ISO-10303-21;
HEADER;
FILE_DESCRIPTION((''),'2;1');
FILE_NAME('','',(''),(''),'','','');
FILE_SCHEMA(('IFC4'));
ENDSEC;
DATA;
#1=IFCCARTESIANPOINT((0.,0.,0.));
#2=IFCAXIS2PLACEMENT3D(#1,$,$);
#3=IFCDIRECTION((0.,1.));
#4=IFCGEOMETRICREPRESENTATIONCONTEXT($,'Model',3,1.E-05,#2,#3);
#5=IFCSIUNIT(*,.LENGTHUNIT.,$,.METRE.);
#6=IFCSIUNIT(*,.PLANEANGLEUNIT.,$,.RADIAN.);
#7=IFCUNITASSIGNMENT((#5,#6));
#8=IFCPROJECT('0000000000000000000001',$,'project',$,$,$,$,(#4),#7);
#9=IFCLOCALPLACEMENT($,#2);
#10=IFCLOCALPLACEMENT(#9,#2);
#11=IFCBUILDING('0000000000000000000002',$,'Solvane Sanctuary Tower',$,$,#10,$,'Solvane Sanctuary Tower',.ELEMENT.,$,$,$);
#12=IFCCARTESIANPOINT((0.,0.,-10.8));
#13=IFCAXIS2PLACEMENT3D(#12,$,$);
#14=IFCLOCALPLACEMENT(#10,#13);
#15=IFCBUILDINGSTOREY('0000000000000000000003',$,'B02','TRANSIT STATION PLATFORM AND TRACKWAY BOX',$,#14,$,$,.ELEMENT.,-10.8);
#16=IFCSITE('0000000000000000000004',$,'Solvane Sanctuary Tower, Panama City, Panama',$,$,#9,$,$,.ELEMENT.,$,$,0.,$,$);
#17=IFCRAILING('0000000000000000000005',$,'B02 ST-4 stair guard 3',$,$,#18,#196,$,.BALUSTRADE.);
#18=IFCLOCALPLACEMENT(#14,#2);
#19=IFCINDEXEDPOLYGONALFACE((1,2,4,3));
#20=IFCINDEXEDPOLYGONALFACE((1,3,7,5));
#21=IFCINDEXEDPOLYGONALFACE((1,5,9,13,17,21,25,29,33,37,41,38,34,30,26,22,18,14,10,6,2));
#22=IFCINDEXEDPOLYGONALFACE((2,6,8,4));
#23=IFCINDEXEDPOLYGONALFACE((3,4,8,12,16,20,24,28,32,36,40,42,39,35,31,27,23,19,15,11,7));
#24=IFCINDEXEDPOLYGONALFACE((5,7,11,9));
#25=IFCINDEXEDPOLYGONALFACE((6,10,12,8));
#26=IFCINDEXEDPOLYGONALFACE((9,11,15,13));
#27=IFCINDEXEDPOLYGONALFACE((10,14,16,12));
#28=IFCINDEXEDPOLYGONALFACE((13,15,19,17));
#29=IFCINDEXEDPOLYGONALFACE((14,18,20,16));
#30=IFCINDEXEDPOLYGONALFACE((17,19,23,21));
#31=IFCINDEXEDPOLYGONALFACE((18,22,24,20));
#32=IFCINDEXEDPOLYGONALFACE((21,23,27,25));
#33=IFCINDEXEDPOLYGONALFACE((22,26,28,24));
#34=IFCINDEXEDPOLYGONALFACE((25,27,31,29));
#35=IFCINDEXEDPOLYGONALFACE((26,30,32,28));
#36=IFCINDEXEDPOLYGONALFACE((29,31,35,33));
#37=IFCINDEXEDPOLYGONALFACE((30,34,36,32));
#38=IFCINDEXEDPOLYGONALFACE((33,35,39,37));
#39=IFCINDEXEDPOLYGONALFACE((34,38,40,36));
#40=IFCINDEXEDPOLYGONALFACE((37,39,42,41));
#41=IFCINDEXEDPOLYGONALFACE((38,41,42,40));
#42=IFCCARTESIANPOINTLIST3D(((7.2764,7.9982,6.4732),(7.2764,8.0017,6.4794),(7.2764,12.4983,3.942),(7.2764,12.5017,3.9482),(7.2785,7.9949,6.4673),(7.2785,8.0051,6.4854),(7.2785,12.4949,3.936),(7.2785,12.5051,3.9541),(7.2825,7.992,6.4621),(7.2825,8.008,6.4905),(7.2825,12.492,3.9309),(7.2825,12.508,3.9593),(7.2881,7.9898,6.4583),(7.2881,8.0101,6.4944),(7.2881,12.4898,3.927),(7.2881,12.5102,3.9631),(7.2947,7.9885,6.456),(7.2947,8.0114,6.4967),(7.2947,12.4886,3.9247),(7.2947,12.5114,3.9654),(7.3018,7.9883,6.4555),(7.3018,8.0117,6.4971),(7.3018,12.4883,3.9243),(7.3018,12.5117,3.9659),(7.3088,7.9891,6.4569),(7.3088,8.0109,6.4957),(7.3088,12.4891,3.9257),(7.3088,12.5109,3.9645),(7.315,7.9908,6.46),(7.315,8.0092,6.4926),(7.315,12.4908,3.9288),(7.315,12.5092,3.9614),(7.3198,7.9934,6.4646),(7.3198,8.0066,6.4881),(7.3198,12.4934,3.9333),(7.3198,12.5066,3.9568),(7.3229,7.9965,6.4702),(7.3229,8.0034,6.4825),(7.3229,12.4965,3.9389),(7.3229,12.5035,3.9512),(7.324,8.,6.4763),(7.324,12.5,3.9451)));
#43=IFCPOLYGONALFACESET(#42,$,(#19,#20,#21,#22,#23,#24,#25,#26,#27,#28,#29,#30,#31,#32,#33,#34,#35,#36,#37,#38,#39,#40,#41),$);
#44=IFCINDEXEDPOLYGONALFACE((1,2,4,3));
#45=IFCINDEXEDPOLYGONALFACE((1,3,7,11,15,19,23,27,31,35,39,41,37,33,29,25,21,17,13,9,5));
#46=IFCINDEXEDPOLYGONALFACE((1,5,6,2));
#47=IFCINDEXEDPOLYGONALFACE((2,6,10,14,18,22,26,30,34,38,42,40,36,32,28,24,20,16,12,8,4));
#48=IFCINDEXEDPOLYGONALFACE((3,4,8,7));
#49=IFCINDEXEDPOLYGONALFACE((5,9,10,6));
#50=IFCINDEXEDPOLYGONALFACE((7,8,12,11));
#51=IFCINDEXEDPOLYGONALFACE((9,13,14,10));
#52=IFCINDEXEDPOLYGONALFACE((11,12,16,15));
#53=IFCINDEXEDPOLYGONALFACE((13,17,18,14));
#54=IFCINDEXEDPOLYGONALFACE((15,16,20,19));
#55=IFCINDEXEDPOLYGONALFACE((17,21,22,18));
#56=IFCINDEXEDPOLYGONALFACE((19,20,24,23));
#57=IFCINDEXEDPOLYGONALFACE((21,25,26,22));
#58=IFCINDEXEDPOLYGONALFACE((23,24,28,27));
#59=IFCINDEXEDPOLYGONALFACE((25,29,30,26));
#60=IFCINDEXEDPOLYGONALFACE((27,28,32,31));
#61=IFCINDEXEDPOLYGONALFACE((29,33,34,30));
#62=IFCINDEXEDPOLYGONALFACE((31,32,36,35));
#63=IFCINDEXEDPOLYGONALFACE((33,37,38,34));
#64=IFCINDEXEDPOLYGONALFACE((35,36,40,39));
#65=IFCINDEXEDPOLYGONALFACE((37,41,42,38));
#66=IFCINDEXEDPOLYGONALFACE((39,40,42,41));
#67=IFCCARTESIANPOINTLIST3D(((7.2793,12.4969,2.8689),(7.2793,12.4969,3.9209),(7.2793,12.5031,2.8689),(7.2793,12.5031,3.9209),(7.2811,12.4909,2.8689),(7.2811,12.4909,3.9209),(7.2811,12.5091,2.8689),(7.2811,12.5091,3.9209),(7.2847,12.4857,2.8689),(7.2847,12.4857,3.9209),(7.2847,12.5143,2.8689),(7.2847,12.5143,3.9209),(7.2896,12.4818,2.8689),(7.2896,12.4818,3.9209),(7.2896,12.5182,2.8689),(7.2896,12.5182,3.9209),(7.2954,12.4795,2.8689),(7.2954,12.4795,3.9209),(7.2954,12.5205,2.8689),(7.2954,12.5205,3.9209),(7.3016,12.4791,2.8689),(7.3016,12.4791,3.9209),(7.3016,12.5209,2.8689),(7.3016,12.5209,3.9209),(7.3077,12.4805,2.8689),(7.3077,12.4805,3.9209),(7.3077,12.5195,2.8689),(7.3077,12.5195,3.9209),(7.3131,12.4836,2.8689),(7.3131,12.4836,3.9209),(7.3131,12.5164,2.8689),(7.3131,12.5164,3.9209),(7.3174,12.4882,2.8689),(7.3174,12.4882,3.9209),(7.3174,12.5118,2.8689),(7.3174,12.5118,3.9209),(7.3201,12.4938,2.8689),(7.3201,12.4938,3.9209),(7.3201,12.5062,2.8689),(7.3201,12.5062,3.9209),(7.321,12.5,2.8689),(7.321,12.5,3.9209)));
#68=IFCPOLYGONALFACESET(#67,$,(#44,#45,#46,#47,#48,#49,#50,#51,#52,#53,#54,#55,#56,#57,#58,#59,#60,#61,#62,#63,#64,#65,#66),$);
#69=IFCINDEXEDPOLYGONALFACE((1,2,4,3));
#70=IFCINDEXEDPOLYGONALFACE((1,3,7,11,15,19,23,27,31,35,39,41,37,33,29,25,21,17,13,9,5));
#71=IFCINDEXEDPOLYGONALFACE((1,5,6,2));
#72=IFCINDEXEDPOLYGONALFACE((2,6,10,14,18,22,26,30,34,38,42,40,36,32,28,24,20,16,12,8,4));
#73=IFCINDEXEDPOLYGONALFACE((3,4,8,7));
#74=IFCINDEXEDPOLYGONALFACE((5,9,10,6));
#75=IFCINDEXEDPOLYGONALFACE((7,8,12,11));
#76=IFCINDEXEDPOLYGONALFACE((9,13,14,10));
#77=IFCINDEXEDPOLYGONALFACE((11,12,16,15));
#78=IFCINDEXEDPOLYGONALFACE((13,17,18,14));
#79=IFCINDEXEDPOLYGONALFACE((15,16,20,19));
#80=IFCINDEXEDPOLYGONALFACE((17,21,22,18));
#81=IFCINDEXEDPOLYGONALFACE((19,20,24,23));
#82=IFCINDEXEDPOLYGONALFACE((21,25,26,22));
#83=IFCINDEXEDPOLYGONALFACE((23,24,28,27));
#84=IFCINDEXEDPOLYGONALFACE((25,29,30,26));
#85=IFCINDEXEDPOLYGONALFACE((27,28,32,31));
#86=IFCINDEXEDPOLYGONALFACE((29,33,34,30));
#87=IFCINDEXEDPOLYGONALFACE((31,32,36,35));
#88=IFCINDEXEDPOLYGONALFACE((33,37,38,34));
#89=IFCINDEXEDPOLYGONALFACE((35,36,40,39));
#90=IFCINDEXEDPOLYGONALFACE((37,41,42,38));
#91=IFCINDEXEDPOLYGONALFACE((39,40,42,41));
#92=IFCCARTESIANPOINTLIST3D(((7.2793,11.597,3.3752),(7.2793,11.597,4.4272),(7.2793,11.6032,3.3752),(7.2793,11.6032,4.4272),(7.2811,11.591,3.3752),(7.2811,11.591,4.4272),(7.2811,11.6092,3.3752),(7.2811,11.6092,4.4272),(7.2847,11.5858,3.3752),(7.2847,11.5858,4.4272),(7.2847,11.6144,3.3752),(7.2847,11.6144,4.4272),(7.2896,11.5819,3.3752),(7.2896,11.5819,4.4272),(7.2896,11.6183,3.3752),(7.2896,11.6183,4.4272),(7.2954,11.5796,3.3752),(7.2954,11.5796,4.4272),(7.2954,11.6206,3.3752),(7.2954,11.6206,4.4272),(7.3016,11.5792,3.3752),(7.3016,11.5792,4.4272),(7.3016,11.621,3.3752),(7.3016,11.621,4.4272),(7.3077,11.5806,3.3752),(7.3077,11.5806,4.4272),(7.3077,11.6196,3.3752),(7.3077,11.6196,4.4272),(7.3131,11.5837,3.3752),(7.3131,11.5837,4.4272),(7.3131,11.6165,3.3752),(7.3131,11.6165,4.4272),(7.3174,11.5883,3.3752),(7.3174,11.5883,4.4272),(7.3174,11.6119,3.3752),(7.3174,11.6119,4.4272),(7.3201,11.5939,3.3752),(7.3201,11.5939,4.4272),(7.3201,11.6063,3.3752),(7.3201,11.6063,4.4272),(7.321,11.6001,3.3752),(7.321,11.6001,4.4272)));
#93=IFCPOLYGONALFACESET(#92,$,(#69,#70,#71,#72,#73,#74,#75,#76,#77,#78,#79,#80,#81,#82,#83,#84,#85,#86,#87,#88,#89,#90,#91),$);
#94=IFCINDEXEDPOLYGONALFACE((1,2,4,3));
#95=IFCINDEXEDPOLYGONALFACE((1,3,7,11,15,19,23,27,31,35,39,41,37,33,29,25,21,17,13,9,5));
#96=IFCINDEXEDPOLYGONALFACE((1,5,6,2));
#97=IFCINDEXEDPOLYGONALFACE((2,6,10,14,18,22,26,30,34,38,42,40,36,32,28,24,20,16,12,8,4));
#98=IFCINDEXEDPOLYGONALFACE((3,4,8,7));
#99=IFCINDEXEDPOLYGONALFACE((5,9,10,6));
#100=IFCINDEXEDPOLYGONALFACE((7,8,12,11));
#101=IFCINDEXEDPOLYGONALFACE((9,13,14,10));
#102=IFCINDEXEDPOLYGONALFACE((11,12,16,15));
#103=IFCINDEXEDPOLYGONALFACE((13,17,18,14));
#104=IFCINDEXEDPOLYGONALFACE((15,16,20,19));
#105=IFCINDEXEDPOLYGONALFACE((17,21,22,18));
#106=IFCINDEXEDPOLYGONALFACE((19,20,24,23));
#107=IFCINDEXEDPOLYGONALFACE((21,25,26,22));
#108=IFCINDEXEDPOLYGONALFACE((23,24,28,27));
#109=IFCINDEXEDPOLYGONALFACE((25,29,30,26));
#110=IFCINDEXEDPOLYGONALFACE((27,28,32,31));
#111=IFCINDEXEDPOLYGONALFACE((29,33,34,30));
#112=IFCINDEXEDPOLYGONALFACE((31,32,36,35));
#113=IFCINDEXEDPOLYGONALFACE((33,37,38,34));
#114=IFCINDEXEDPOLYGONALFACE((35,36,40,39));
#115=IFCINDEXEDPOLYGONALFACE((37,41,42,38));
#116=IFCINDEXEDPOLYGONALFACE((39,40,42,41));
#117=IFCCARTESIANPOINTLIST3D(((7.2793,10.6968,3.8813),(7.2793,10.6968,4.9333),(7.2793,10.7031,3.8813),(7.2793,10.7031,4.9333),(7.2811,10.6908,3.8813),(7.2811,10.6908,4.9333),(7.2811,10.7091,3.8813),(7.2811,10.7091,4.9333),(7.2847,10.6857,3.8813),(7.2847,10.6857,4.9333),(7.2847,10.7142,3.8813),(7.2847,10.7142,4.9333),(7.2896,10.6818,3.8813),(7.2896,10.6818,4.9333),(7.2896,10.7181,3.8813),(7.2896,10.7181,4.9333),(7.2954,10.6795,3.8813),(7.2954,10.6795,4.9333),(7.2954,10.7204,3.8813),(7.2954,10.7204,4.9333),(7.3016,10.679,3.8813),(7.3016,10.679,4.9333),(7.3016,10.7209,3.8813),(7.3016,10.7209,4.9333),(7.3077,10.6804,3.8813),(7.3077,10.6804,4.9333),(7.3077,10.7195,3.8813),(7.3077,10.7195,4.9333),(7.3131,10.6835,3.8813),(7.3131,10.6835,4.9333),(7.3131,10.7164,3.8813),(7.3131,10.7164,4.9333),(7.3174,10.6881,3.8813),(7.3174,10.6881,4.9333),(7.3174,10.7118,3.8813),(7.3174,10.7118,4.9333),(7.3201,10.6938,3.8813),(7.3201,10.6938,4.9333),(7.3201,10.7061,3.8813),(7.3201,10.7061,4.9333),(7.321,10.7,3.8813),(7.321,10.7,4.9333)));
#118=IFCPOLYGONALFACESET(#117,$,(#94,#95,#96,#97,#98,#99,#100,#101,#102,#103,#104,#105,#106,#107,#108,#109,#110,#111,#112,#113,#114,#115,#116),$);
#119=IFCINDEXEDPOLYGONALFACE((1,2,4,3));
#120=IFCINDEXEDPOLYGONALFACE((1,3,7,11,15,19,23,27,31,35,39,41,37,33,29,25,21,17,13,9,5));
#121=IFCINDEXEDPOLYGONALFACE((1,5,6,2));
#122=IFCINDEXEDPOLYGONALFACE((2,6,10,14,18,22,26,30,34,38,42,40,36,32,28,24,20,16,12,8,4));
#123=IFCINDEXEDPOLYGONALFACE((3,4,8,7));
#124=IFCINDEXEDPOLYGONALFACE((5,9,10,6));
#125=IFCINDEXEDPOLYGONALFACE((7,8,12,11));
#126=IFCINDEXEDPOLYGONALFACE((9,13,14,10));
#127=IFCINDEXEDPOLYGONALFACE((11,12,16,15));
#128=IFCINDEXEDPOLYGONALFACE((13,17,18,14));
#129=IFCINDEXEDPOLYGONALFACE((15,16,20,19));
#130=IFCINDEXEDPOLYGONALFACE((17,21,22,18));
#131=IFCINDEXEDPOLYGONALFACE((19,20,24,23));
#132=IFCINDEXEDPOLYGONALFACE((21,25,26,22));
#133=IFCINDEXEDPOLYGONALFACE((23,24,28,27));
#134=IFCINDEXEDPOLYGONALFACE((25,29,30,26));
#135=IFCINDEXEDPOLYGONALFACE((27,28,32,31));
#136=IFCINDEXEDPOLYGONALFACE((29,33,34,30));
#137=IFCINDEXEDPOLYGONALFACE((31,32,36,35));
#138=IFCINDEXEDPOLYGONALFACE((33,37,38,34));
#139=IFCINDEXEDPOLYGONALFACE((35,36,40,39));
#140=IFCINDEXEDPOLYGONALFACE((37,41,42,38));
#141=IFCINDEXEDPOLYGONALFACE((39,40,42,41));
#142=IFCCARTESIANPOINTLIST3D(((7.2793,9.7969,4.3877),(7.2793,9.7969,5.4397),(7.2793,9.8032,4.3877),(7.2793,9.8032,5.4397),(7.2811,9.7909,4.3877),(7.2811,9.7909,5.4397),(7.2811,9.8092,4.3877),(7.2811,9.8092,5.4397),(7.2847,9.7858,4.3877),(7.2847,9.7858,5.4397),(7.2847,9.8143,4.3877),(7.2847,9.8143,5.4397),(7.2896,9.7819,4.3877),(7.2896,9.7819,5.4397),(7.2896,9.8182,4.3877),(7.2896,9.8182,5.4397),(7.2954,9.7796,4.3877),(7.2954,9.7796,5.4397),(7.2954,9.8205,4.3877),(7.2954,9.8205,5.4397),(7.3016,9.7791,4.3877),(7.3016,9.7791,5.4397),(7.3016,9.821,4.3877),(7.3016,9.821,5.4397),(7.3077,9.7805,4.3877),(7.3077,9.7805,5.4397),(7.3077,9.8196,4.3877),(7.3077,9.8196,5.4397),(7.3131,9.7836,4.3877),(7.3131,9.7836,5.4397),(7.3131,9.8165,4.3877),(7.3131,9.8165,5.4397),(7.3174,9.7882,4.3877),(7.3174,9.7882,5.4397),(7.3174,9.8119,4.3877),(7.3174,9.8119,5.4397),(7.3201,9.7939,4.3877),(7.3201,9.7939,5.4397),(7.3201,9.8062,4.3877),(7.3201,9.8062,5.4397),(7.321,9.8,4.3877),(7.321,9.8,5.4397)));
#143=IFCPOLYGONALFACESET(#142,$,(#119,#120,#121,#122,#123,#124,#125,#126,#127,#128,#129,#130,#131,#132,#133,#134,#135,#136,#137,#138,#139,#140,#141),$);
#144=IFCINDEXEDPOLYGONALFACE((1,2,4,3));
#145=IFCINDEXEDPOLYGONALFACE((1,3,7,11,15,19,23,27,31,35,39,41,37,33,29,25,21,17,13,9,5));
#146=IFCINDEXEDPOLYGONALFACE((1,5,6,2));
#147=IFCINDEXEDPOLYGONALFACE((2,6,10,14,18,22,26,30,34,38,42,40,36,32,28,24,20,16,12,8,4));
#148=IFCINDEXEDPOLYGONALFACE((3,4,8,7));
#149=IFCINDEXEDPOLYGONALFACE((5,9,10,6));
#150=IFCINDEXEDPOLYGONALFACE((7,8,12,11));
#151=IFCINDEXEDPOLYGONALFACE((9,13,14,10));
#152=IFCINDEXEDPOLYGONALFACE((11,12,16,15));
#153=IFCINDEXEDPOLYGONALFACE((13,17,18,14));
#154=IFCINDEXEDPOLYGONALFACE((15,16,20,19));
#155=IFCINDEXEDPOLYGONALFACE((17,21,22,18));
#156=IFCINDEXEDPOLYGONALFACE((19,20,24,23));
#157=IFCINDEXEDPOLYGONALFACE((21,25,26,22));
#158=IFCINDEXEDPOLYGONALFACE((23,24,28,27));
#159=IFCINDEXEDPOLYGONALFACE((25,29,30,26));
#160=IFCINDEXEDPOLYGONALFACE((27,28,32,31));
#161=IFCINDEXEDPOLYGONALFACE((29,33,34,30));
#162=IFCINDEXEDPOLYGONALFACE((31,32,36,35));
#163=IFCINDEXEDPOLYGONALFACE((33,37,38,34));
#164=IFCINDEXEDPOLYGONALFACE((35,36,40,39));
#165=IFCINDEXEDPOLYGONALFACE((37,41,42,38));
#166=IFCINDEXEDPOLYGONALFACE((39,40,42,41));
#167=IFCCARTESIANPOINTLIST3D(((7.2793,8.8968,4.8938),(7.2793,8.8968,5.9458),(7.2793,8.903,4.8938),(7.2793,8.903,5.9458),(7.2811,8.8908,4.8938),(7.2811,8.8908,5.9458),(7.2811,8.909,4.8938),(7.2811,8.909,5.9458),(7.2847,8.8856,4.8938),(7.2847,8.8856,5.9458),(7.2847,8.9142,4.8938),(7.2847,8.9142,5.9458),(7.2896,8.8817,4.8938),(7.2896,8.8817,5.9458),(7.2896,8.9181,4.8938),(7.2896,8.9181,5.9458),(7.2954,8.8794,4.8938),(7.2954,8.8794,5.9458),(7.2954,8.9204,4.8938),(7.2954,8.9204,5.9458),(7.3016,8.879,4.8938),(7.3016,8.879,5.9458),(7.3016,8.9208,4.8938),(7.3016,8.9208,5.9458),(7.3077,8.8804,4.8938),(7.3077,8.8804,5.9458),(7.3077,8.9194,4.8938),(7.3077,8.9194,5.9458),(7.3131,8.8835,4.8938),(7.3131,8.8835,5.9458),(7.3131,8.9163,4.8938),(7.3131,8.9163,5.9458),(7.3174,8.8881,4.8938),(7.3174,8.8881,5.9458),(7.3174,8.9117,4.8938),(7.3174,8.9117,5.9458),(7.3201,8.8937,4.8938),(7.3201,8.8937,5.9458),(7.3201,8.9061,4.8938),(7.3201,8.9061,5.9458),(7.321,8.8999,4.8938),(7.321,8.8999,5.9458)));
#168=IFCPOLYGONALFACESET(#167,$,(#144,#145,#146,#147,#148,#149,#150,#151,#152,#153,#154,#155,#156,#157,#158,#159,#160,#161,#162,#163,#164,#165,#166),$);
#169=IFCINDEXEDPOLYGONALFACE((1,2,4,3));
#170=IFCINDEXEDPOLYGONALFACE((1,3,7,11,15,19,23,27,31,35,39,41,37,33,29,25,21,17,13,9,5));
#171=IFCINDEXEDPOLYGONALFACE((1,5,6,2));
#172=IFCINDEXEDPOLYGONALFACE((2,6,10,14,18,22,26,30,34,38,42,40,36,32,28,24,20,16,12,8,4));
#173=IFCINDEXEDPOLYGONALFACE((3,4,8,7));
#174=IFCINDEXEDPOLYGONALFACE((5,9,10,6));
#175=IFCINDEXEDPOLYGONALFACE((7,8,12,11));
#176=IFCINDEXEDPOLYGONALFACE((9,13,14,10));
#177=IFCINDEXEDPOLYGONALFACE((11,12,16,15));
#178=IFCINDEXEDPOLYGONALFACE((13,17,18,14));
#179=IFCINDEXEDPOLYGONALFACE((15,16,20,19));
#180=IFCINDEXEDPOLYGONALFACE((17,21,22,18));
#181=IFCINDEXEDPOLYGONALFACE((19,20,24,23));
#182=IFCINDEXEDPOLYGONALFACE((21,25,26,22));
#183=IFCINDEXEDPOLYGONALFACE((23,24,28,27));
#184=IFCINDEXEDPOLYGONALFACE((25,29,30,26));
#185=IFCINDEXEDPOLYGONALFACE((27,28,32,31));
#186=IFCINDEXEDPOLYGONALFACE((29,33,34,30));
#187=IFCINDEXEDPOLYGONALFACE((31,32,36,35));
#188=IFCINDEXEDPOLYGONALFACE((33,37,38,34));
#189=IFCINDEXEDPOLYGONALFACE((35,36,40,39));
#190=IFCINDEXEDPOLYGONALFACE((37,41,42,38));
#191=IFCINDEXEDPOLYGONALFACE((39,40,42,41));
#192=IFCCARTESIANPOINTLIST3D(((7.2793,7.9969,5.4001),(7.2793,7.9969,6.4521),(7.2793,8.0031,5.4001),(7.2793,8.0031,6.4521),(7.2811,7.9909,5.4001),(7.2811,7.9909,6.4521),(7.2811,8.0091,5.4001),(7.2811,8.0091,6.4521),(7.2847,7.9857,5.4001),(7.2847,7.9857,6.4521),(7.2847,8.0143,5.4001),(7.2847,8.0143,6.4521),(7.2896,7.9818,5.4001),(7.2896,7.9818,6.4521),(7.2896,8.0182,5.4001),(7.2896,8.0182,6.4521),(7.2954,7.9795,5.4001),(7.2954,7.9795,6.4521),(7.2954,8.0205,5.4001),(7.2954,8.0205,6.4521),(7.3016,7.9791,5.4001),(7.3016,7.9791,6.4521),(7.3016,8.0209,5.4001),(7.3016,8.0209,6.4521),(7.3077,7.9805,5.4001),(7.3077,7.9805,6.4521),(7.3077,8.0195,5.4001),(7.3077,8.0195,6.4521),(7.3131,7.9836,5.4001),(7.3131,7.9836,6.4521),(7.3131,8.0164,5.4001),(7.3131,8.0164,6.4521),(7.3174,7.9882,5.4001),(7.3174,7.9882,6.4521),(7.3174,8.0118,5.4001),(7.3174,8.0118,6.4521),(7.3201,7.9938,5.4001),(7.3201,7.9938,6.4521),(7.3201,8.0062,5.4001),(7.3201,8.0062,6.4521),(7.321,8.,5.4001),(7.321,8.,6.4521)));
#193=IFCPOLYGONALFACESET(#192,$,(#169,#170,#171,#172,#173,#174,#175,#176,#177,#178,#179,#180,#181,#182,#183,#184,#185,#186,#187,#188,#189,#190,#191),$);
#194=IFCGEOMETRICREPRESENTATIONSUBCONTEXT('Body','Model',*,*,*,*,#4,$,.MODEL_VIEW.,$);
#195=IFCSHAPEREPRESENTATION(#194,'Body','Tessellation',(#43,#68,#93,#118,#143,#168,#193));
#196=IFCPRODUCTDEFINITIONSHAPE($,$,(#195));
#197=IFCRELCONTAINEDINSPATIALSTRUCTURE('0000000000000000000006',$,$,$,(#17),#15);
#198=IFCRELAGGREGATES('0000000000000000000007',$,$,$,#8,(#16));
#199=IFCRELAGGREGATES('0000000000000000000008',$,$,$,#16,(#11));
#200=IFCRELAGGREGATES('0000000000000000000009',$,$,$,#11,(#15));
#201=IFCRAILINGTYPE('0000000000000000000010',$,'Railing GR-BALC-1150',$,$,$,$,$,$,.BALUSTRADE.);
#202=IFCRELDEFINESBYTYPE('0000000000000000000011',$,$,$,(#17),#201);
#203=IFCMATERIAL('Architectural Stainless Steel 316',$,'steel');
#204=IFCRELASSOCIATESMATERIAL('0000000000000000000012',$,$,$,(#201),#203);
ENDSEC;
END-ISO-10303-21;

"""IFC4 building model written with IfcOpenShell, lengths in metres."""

from ifc_helpers import new_model, si_unit, direction, frame, origin, origin_2d, place, context, subcontext, project, spatial, circle, extrude, material, type_object, element, save


model = new_model("IFC4")

# Units and contexts
model_context = context("Model", 3, precision=1e-05, world=origin(), true_north=direction((0.0, 1.0)))
body_context = subcontext(model_context, "Body", "Model", "MODEL_VIEW")
ifc_project = project(units=[si_unit("LENGTHUNIT", "METRE"), si_unit("PLANEANGLEUNIT", "RADIAN")], contexts=[model_context])

# Site, building, storey
site_placement = place(None, origin())
site = spatial("IfcSite", under=ifc_project, at=site_placement, Name="Solvane Sanctuary Tower, Panama City, Panama", CompositionType="ELEMENT", RefElevation=0.0)
building_placement = place(site_placement, origin())
building = spatial("IfcBuilding", under=site, at=building_placement, Name="Solvane Sanctuary Tower", LongName="Solvane Sanctuary Tower", CompositionType="ELEMENT")
storey_placement = place(building_placement, frame((0.0, 0.0, -10.8)))
storey = spatial("IfcBuildingStorey", under=building, at=storey_placement, Name="B02", Description="TRANSIT STATION PLATFORM AND TRACKWAY BOX", CompositionType="ELEMENT", Elevation=-10.8)

# Shared definitions
ifc_material_1 = material(Name="Architectural Stainless Steel 316", Category="steel")

# Railing
railing_type_1 = type_object("IfcRailingType", Name="Railing GR-BALC-1150", PredefinedType="BALUSTRADE", material=ifc_material_1)
railing_1_placement = place(storey_placement, frame((7.3, 12.5, 2.8689)))
element("IfcRailing", 1, at=railing_1_placement, inside=storey, type_object=railing_type_1, Name="B02 ST-4 stair guard 3", PredefinedType="BALUSTRADE", context=body_context, shape_type="SweptSolid", body=[
    extrude(circle(Radius=0.0239, at=origin_2d()), frame((0.0, 0.0, 1.0762), z_axis=(0.0, -0.871576, 0.490261), x_axis=(1.0, 0.0, 0.0)), (0.0, 0.0, 1.0), 5.1631),
    extrude(circle(Radius=0.021, at=origin_2d()), origin(), (0.0, 0.0, 1.0), 1.052),
    extrude(circle(Radius=0.021, at=origin_2d()), frame((0.0, -0.8999, 0.5063)), (0.0, 0.0, 1.0), 1.052),
    extrude(circle(Radius=0.021, at=origin_2d()), frame((0.0, -1.8, 1.0125)), (0.0, 0.0, 1.0), 1.052),
    extrude(circle(Radius=0.021, at=origin_2d()), frame((0.0, -2.7, 1.5188)), (0.0, 0.0, 1.0), 1.052),
    extrude(circle(Radius=0.021, at=origin_2d()), frame((0.0, -3.6001, 2.0249)), (0.0, 0.0, 1.0), 1.052),
    extrude(circle(Radius=0.021, at=origin_2d()), frame((0.0, -4.5, 2.5312)), (0.0, 0.0, 1.0), 1.052),
])

save(model, "model.ifc")
